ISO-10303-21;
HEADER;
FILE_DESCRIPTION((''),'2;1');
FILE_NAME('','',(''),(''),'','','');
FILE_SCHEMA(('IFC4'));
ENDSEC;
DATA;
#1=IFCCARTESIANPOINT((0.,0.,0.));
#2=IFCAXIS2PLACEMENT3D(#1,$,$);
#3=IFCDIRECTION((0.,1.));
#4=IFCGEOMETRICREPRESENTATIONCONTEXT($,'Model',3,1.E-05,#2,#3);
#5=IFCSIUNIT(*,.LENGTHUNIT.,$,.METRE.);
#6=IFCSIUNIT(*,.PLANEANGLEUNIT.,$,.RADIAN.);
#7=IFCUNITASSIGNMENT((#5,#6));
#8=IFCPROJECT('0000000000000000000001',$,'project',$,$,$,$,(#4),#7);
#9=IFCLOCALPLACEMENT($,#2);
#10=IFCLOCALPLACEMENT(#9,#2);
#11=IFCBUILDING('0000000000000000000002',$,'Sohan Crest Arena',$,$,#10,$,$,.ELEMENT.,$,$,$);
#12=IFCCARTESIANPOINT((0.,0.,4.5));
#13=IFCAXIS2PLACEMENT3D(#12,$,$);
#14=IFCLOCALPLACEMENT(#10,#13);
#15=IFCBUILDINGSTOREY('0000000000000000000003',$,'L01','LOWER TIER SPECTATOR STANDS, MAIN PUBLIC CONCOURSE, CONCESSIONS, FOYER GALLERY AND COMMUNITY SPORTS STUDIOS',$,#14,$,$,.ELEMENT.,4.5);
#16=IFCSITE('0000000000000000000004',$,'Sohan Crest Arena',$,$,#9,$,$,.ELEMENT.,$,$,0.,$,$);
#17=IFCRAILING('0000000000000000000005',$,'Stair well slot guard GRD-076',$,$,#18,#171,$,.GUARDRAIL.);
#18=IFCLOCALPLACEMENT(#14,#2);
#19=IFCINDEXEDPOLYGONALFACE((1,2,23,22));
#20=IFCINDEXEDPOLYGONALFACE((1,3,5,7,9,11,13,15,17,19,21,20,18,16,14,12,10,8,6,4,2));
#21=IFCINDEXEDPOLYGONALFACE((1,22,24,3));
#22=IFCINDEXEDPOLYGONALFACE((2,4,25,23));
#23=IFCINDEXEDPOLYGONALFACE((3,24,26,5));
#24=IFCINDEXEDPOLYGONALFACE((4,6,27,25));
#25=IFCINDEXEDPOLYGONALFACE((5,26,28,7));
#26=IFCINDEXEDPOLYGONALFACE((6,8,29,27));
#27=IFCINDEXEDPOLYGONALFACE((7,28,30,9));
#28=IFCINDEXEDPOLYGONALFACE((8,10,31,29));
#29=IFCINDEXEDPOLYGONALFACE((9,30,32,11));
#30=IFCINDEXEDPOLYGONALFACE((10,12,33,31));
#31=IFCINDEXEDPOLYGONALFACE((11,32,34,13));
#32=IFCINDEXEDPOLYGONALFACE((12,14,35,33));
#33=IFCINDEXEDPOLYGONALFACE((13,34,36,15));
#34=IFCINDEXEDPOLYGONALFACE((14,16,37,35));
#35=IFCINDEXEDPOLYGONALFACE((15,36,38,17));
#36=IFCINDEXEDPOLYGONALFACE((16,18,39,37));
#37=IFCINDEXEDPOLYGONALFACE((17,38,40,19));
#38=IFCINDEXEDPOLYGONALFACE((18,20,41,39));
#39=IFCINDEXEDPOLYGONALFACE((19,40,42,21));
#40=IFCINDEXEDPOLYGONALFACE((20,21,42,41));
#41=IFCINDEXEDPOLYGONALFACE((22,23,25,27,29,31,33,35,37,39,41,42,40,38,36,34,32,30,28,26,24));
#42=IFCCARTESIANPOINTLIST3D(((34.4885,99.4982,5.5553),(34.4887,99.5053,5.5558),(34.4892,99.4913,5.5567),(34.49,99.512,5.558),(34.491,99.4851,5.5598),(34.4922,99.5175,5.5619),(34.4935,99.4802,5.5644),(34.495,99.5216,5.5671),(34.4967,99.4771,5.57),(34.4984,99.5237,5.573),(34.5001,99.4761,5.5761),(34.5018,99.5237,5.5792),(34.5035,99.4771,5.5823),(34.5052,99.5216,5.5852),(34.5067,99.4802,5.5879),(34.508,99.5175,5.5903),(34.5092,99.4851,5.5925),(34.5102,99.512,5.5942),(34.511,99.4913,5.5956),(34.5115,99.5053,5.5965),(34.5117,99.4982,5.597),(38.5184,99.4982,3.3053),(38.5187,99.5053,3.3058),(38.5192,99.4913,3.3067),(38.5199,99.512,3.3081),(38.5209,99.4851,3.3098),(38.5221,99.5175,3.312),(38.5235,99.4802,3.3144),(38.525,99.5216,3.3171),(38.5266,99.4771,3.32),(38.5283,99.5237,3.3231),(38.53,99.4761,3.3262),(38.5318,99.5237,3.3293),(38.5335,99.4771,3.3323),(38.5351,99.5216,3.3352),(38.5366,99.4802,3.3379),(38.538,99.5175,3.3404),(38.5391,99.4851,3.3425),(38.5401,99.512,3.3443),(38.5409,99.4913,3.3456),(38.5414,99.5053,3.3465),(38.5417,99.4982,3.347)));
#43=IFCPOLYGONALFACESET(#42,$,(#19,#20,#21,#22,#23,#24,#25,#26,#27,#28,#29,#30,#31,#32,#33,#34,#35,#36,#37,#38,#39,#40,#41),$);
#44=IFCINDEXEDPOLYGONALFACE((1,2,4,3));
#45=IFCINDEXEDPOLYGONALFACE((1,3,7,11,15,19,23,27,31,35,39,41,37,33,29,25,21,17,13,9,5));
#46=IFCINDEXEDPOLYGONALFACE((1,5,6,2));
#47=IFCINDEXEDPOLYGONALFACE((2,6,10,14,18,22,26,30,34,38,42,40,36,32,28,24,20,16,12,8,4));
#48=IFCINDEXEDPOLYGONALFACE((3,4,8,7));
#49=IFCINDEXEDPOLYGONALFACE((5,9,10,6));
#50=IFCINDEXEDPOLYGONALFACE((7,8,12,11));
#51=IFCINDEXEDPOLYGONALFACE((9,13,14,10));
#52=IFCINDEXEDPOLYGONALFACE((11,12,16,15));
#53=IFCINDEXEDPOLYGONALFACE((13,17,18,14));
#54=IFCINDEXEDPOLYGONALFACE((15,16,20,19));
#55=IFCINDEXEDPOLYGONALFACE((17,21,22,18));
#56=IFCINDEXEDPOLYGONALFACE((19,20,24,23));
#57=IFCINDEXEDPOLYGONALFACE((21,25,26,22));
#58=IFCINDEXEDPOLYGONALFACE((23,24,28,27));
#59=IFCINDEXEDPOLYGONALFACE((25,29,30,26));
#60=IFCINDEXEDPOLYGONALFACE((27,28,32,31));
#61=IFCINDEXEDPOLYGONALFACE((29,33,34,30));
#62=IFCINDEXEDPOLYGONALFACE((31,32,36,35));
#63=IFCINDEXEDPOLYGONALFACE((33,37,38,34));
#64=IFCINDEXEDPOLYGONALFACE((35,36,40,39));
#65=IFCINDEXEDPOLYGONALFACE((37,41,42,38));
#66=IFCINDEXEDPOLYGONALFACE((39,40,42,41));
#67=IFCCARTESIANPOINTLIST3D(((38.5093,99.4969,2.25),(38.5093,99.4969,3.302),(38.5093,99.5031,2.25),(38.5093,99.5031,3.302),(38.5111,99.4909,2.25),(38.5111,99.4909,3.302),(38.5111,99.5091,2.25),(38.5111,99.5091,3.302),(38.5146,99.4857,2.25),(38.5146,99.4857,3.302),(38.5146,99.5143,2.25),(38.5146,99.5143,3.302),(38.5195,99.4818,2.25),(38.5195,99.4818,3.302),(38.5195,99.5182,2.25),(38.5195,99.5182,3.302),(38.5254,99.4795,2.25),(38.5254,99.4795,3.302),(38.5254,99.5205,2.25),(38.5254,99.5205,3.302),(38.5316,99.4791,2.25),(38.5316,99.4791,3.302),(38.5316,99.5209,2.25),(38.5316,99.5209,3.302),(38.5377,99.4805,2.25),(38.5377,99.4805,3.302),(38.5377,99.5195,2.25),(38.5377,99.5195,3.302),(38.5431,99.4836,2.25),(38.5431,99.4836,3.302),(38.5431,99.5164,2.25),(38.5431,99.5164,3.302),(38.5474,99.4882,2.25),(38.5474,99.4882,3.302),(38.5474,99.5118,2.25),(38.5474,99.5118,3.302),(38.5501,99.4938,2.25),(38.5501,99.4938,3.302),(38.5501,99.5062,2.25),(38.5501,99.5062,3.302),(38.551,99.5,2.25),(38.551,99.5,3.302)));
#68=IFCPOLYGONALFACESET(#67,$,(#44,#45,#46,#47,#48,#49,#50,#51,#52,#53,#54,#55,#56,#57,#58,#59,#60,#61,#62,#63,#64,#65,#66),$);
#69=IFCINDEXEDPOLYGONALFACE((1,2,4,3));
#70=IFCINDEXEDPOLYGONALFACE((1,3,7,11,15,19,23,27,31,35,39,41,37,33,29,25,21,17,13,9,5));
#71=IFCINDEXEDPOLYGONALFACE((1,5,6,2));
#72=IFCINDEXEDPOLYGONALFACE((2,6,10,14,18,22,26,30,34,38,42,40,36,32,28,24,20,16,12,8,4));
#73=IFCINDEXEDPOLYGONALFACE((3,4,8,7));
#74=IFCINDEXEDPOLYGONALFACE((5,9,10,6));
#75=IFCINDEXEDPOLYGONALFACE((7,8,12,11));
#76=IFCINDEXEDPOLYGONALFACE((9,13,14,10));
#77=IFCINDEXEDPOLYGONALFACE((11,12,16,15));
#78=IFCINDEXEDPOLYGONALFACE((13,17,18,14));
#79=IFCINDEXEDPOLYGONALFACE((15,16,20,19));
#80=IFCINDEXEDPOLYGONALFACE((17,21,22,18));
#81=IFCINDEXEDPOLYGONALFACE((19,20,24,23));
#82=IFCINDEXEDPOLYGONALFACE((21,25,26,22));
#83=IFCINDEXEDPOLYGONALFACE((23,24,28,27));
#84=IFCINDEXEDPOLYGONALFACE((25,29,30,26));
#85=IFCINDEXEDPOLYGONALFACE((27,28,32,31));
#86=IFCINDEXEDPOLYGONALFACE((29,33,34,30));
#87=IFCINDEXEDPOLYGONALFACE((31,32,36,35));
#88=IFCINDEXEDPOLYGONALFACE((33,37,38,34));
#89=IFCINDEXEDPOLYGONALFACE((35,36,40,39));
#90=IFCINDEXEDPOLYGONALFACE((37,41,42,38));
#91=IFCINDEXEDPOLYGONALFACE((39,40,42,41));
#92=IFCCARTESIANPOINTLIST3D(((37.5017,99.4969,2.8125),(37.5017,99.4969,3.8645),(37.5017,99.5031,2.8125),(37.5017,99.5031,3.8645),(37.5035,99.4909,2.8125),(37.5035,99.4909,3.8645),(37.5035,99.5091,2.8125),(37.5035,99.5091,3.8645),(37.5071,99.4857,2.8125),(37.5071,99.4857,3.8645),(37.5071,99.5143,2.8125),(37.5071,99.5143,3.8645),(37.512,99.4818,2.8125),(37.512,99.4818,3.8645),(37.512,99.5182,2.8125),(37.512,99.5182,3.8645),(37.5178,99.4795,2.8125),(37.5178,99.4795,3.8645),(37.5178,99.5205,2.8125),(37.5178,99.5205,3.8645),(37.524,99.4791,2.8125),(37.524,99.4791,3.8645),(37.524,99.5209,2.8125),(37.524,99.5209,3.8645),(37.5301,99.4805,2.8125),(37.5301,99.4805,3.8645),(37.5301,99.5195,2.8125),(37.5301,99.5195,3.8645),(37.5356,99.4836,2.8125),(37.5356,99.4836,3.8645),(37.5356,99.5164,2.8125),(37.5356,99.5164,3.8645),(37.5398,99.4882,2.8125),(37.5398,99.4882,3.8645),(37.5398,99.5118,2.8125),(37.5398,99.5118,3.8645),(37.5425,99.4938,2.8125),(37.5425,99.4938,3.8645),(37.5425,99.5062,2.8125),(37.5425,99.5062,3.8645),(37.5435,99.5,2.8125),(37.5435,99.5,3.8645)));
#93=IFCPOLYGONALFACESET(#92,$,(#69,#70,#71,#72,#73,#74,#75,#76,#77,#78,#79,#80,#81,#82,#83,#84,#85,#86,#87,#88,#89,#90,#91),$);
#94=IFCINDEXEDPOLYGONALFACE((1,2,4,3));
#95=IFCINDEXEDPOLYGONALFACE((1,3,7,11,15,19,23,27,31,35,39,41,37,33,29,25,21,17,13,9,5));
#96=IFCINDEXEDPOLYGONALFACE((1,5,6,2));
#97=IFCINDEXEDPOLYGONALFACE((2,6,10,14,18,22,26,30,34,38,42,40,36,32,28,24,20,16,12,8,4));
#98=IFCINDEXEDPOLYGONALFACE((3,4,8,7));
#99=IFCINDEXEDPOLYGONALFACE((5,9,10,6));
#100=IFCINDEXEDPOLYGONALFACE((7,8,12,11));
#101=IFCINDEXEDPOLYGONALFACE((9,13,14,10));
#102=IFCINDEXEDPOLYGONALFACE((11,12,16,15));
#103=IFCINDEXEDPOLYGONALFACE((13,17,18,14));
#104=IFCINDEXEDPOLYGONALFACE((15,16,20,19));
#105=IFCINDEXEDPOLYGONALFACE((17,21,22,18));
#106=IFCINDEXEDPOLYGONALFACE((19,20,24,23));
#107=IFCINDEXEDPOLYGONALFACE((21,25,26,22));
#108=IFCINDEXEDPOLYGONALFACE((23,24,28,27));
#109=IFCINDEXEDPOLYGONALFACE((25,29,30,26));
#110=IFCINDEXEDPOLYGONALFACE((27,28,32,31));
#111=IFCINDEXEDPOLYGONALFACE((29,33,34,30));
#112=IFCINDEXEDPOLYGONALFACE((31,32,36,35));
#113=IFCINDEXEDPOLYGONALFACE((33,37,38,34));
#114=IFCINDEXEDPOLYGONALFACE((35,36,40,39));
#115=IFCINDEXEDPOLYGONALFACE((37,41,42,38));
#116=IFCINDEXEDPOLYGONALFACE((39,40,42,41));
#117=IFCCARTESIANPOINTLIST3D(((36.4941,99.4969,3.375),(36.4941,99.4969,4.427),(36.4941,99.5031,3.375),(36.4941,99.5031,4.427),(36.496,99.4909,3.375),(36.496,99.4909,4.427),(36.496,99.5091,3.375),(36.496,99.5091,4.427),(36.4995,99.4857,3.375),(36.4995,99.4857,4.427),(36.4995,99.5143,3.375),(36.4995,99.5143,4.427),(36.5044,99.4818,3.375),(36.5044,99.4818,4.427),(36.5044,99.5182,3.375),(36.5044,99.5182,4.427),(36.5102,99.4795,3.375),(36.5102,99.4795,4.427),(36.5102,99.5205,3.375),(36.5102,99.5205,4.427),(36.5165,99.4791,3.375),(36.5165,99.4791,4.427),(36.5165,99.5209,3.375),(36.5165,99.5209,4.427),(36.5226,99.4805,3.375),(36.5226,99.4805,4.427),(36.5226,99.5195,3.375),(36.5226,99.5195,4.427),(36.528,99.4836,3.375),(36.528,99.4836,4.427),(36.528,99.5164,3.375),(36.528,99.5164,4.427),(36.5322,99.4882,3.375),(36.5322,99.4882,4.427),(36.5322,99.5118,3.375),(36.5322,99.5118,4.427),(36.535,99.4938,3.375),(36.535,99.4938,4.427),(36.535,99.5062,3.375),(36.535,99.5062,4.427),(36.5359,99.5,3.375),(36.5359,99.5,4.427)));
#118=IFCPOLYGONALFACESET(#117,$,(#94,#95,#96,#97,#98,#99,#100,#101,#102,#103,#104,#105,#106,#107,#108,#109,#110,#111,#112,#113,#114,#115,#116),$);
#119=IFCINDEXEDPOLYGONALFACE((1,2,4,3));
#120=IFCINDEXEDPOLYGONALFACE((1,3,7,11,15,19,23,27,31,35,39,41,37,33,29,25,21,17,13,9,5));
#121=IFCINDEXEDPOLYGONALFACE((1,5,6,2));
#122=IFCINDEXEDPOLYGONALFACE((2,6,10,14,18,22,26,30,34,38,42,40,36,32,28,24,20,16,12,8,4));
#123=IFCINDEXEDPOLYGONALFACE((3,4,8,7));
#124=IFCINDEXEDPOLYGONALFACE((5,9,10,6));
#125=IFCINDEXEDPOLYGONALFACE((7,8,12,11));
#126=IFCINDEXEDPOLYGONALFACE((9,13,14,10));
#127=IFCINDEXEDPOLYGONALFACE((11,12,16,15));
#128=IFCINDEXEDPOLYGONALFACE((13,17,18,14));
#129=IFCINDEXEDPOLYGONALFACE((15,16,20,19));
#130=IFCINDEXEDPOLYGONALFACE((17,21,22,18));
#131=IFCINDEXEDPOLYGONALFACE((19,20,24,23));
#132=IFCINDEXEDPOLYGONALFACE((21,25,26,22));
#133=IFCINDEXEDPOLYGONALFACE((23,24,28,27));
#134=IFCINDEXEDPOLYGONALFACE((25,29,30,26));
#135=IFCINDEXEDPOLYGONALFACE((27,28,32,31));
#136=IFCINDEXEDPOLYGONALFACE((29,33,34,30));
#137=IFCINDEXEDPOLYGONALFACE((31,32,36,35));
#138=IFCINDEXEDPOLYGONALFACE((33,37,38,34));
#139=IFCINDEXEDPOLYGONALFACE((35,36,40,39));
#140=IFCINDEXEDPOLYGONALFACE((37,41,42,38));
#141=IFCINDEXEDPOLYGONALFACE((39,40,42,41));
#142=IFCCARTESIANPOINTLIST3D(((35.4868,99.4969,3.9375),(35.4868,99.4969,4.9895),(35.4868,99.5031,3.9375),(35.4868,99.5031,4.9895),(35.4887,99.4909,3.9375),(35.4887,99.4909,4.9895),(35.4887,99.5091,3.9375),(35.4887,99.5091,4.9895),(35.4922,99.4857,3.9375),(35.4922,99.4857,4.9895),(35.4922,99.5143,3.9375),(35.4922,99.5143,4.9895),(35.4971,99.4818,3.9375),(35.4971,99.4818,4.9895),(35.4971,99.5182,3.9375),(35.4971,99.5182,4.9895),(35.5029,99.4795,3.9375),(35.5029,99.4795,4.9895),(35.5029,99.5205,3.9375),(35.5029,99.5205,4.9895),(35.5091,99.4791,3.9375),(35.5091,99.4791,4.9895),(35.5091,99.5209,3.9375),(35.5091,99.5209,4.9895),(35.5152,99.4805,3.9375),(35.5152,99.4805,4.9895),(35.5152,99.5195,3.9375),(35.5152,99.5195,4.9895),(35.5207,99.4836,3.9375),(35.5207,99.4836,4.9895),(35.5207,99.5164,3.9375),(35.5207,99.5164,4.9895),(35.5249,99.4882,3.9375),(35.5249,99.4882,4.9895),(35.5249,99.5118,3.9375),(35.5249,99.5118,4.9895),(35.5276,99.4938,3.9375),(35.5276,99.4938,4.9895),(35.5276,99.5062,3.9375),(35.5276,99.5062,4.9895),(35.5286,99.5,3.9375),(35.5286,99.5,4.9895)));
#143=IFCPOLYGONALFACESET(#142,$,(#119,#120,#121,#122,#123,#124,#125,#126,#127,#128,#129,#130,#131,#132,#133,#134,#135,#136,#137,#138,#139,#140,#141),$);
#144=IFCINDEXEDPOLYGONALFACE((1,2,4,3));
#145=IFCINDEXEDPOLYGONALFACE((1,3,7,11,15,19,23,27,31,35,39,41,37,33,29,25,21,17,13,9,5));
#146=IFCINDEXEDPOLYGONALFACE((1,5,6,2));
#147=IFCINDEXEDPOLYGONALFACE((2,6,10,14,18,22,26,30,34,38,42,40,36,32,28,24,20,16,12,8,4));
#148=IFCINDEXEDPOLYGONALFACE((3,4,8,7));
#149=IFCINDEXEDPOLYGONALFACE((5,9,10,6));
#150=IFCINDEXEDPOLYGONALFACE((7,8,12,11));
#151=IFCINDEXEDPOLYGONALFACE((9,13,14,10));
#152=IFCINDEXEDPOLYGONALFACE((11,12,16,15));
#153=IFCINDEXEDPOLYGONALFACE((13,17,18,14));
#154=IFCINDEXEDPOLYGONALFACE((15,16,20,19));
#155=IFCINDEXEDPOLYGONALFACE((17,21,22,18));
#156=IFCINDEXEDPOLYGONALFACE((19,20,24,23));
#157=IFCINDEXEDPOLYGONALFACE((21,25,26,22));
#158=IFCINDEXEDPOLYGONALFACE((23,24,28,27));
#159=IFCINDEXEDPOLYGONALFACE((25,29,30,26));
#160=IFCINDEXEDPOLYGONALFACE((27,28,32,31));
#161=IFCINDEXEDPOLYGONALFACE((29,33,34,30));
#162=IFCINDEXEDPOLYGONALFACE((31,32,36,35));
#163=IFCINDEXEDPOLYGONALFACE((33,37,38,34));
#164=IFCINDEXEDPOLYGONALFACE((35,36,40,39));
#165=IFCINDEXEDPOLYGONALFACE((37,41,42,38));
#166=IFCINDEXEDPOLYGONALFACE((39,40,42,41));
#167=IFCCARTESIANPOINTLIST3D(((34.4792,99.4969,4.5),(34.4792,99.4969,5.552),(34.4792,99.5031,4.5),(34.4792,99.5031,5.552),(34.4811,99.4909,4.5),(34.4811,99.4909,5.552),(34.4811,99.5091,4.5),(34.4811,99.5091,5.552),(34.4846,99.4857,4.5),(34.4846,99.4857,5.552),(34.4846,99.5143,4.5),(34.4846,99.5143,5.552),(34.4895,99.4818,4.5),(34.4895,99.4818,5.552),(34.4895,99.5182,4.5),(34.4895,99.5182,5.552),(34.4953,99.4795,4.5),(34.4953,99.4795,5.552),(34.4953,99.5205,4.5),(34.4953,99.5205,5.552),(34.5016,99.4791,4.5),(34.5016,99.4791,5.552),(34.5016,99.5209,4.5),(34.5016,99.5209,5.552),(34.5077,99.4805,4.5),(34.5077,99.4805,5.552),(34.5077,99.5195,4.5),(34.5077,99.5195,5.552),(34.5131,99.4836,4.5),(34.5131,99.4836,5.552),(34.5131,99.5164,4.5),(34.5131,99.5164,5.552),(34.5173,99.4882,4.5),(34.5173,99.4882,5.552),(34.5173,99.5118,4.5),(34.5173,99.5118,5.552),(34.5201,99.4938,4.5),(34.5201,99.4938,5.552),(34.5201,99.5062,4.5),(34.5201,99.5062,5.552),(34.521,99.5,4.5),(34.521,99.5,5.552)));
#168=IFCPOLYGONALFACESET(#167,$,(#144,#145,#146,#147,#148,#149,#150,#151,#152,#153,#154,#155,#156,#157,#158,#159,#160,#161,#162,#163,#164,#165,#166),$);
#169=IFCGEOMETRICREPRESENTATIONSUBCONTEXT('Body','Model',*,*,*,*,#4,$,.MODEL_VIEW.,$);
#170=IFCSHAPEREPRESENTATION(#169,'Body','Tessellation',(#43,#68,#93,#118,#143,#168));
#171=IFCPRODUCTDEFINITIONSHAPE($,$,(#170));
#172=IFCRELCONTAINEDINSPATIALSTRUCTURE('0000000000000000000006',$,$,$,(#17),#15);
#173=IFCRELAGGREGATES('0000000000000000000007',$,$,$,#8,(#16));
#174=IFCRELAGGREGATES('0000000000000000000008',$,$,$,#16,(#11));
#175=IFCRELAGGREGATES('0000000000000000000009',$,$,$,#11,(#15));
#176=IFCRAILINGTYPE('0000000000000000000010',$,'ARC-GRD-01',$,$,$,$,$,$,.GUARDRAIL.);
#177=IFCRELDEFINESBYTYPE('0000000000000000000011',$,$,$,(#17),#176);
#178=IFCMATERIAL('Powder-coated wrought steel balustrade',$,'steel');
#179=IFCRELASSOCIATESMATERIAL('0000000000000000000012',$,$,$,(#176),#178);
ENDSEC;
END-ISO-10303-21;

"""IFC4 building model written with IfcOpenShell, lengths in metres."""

from ifc_helpers import new_model, si_unit, direction, frame, origin, origin_2d, place, context, subcontext, project, spatial, circle, extrude, material, type_object, element, save


model = new_model("IFC4")

# Units and contexts
model_context = context("Model", 3, precision=1e-05, world=origin(), true_north=direction((0.0, 1.0)))
body_context = subcontext(model_context, "Body", "Model", "MODEL_VIEW")
ifc_project = project(units=[si_unit("LENGTHUNIT", "METRE"), si_unit("PLANEANGLEUNIT", "RADIAN")], contexts=[model_context])

# Site, building, storey
site_placement = place(None, origin())
site = spatial("IfcSite", under=ifc_project, at=site_placement, Name="Sohan Crest Arena", CompositionType="ELEMENT", RefElevation=0.0)
building_placement = place(site_placement, origin())
building = spatial("IfcBuilding", under=site, at=building_placement, Name="Sohan Crest Arena", CompositionType="ELEMENT")
storey_placement = place(building_placement, frame((0.0, 0.0, 4.5)))
storey = spatial("IfcBuildingStorey", under=building, at=storey_placement, Name="L01", Description="LOWER TIER SPECTATOR STANDS, MAIN PUBLIC CONCOURSE, CONCESSIONS, FOYER GALLERY AND COMMUNITY SPORTS STUDIOS", CompositionType="ELEMENT", Elevation=4.5)

# Railing
ifc_material_1 = material(Name="Powder-coated wrought steel balustrade", Category="steel")
railing_type_1 = type_object("IfcRailingType", Name="ARC-GRD-01", PredefinedType="GUARDRAIL", material=ifc_material_1)
railing_1_placement = place(storey_placement, frame((38.53, 99.5, 2.25)))
element("IfcRailing", 1, at=railing_1_placement, inside=storey, type_object=railing_type_1, Name="Stair well slot guard GRD-076", PredefinedType="GUARDRAIL", context=body_context, shape_type="SweptSolid", body=[
    extrude(circle(Radius=0.0239, at=origin_2d()), frame((0.0, 0.0, 1.0762), z_axis=(-0.873135, 0.0, 0.487479), x_axis=(0.0, -1.0, 0.0)), (0.0, 0.0, 1.0), 4.6155),
    extrude(circle(Radius=0.021, at=origin_2d()), origin(), (0.0, 0.0, 1.0), 1.052),
    extrude(circle(Radius=0.021, at=origin_2d()), frame((-1.0076, 0.0, 0.5625)), (0.0, 0.0, 1.0), 1.052),
    extrude(circle(Radius=0.021, at=origin_2d()), frame((-2.0151, 0.0, 1.125)), (0.0, 0.0, 1.0), 1.052),
    extrude(circle(Radius=0.021, at=origin_2d()), frame((-3.0225, 0.0, 1.6875)), (0.0, 0.0, 1.0), 1.052),
    extrude(circle(Radius=0.021, at=origin_2d()), frame((-4.03, 0.0, 2.25)), (0.0, 0.0, 1.0), 1.052),
])

save(model, "model.ifc")
